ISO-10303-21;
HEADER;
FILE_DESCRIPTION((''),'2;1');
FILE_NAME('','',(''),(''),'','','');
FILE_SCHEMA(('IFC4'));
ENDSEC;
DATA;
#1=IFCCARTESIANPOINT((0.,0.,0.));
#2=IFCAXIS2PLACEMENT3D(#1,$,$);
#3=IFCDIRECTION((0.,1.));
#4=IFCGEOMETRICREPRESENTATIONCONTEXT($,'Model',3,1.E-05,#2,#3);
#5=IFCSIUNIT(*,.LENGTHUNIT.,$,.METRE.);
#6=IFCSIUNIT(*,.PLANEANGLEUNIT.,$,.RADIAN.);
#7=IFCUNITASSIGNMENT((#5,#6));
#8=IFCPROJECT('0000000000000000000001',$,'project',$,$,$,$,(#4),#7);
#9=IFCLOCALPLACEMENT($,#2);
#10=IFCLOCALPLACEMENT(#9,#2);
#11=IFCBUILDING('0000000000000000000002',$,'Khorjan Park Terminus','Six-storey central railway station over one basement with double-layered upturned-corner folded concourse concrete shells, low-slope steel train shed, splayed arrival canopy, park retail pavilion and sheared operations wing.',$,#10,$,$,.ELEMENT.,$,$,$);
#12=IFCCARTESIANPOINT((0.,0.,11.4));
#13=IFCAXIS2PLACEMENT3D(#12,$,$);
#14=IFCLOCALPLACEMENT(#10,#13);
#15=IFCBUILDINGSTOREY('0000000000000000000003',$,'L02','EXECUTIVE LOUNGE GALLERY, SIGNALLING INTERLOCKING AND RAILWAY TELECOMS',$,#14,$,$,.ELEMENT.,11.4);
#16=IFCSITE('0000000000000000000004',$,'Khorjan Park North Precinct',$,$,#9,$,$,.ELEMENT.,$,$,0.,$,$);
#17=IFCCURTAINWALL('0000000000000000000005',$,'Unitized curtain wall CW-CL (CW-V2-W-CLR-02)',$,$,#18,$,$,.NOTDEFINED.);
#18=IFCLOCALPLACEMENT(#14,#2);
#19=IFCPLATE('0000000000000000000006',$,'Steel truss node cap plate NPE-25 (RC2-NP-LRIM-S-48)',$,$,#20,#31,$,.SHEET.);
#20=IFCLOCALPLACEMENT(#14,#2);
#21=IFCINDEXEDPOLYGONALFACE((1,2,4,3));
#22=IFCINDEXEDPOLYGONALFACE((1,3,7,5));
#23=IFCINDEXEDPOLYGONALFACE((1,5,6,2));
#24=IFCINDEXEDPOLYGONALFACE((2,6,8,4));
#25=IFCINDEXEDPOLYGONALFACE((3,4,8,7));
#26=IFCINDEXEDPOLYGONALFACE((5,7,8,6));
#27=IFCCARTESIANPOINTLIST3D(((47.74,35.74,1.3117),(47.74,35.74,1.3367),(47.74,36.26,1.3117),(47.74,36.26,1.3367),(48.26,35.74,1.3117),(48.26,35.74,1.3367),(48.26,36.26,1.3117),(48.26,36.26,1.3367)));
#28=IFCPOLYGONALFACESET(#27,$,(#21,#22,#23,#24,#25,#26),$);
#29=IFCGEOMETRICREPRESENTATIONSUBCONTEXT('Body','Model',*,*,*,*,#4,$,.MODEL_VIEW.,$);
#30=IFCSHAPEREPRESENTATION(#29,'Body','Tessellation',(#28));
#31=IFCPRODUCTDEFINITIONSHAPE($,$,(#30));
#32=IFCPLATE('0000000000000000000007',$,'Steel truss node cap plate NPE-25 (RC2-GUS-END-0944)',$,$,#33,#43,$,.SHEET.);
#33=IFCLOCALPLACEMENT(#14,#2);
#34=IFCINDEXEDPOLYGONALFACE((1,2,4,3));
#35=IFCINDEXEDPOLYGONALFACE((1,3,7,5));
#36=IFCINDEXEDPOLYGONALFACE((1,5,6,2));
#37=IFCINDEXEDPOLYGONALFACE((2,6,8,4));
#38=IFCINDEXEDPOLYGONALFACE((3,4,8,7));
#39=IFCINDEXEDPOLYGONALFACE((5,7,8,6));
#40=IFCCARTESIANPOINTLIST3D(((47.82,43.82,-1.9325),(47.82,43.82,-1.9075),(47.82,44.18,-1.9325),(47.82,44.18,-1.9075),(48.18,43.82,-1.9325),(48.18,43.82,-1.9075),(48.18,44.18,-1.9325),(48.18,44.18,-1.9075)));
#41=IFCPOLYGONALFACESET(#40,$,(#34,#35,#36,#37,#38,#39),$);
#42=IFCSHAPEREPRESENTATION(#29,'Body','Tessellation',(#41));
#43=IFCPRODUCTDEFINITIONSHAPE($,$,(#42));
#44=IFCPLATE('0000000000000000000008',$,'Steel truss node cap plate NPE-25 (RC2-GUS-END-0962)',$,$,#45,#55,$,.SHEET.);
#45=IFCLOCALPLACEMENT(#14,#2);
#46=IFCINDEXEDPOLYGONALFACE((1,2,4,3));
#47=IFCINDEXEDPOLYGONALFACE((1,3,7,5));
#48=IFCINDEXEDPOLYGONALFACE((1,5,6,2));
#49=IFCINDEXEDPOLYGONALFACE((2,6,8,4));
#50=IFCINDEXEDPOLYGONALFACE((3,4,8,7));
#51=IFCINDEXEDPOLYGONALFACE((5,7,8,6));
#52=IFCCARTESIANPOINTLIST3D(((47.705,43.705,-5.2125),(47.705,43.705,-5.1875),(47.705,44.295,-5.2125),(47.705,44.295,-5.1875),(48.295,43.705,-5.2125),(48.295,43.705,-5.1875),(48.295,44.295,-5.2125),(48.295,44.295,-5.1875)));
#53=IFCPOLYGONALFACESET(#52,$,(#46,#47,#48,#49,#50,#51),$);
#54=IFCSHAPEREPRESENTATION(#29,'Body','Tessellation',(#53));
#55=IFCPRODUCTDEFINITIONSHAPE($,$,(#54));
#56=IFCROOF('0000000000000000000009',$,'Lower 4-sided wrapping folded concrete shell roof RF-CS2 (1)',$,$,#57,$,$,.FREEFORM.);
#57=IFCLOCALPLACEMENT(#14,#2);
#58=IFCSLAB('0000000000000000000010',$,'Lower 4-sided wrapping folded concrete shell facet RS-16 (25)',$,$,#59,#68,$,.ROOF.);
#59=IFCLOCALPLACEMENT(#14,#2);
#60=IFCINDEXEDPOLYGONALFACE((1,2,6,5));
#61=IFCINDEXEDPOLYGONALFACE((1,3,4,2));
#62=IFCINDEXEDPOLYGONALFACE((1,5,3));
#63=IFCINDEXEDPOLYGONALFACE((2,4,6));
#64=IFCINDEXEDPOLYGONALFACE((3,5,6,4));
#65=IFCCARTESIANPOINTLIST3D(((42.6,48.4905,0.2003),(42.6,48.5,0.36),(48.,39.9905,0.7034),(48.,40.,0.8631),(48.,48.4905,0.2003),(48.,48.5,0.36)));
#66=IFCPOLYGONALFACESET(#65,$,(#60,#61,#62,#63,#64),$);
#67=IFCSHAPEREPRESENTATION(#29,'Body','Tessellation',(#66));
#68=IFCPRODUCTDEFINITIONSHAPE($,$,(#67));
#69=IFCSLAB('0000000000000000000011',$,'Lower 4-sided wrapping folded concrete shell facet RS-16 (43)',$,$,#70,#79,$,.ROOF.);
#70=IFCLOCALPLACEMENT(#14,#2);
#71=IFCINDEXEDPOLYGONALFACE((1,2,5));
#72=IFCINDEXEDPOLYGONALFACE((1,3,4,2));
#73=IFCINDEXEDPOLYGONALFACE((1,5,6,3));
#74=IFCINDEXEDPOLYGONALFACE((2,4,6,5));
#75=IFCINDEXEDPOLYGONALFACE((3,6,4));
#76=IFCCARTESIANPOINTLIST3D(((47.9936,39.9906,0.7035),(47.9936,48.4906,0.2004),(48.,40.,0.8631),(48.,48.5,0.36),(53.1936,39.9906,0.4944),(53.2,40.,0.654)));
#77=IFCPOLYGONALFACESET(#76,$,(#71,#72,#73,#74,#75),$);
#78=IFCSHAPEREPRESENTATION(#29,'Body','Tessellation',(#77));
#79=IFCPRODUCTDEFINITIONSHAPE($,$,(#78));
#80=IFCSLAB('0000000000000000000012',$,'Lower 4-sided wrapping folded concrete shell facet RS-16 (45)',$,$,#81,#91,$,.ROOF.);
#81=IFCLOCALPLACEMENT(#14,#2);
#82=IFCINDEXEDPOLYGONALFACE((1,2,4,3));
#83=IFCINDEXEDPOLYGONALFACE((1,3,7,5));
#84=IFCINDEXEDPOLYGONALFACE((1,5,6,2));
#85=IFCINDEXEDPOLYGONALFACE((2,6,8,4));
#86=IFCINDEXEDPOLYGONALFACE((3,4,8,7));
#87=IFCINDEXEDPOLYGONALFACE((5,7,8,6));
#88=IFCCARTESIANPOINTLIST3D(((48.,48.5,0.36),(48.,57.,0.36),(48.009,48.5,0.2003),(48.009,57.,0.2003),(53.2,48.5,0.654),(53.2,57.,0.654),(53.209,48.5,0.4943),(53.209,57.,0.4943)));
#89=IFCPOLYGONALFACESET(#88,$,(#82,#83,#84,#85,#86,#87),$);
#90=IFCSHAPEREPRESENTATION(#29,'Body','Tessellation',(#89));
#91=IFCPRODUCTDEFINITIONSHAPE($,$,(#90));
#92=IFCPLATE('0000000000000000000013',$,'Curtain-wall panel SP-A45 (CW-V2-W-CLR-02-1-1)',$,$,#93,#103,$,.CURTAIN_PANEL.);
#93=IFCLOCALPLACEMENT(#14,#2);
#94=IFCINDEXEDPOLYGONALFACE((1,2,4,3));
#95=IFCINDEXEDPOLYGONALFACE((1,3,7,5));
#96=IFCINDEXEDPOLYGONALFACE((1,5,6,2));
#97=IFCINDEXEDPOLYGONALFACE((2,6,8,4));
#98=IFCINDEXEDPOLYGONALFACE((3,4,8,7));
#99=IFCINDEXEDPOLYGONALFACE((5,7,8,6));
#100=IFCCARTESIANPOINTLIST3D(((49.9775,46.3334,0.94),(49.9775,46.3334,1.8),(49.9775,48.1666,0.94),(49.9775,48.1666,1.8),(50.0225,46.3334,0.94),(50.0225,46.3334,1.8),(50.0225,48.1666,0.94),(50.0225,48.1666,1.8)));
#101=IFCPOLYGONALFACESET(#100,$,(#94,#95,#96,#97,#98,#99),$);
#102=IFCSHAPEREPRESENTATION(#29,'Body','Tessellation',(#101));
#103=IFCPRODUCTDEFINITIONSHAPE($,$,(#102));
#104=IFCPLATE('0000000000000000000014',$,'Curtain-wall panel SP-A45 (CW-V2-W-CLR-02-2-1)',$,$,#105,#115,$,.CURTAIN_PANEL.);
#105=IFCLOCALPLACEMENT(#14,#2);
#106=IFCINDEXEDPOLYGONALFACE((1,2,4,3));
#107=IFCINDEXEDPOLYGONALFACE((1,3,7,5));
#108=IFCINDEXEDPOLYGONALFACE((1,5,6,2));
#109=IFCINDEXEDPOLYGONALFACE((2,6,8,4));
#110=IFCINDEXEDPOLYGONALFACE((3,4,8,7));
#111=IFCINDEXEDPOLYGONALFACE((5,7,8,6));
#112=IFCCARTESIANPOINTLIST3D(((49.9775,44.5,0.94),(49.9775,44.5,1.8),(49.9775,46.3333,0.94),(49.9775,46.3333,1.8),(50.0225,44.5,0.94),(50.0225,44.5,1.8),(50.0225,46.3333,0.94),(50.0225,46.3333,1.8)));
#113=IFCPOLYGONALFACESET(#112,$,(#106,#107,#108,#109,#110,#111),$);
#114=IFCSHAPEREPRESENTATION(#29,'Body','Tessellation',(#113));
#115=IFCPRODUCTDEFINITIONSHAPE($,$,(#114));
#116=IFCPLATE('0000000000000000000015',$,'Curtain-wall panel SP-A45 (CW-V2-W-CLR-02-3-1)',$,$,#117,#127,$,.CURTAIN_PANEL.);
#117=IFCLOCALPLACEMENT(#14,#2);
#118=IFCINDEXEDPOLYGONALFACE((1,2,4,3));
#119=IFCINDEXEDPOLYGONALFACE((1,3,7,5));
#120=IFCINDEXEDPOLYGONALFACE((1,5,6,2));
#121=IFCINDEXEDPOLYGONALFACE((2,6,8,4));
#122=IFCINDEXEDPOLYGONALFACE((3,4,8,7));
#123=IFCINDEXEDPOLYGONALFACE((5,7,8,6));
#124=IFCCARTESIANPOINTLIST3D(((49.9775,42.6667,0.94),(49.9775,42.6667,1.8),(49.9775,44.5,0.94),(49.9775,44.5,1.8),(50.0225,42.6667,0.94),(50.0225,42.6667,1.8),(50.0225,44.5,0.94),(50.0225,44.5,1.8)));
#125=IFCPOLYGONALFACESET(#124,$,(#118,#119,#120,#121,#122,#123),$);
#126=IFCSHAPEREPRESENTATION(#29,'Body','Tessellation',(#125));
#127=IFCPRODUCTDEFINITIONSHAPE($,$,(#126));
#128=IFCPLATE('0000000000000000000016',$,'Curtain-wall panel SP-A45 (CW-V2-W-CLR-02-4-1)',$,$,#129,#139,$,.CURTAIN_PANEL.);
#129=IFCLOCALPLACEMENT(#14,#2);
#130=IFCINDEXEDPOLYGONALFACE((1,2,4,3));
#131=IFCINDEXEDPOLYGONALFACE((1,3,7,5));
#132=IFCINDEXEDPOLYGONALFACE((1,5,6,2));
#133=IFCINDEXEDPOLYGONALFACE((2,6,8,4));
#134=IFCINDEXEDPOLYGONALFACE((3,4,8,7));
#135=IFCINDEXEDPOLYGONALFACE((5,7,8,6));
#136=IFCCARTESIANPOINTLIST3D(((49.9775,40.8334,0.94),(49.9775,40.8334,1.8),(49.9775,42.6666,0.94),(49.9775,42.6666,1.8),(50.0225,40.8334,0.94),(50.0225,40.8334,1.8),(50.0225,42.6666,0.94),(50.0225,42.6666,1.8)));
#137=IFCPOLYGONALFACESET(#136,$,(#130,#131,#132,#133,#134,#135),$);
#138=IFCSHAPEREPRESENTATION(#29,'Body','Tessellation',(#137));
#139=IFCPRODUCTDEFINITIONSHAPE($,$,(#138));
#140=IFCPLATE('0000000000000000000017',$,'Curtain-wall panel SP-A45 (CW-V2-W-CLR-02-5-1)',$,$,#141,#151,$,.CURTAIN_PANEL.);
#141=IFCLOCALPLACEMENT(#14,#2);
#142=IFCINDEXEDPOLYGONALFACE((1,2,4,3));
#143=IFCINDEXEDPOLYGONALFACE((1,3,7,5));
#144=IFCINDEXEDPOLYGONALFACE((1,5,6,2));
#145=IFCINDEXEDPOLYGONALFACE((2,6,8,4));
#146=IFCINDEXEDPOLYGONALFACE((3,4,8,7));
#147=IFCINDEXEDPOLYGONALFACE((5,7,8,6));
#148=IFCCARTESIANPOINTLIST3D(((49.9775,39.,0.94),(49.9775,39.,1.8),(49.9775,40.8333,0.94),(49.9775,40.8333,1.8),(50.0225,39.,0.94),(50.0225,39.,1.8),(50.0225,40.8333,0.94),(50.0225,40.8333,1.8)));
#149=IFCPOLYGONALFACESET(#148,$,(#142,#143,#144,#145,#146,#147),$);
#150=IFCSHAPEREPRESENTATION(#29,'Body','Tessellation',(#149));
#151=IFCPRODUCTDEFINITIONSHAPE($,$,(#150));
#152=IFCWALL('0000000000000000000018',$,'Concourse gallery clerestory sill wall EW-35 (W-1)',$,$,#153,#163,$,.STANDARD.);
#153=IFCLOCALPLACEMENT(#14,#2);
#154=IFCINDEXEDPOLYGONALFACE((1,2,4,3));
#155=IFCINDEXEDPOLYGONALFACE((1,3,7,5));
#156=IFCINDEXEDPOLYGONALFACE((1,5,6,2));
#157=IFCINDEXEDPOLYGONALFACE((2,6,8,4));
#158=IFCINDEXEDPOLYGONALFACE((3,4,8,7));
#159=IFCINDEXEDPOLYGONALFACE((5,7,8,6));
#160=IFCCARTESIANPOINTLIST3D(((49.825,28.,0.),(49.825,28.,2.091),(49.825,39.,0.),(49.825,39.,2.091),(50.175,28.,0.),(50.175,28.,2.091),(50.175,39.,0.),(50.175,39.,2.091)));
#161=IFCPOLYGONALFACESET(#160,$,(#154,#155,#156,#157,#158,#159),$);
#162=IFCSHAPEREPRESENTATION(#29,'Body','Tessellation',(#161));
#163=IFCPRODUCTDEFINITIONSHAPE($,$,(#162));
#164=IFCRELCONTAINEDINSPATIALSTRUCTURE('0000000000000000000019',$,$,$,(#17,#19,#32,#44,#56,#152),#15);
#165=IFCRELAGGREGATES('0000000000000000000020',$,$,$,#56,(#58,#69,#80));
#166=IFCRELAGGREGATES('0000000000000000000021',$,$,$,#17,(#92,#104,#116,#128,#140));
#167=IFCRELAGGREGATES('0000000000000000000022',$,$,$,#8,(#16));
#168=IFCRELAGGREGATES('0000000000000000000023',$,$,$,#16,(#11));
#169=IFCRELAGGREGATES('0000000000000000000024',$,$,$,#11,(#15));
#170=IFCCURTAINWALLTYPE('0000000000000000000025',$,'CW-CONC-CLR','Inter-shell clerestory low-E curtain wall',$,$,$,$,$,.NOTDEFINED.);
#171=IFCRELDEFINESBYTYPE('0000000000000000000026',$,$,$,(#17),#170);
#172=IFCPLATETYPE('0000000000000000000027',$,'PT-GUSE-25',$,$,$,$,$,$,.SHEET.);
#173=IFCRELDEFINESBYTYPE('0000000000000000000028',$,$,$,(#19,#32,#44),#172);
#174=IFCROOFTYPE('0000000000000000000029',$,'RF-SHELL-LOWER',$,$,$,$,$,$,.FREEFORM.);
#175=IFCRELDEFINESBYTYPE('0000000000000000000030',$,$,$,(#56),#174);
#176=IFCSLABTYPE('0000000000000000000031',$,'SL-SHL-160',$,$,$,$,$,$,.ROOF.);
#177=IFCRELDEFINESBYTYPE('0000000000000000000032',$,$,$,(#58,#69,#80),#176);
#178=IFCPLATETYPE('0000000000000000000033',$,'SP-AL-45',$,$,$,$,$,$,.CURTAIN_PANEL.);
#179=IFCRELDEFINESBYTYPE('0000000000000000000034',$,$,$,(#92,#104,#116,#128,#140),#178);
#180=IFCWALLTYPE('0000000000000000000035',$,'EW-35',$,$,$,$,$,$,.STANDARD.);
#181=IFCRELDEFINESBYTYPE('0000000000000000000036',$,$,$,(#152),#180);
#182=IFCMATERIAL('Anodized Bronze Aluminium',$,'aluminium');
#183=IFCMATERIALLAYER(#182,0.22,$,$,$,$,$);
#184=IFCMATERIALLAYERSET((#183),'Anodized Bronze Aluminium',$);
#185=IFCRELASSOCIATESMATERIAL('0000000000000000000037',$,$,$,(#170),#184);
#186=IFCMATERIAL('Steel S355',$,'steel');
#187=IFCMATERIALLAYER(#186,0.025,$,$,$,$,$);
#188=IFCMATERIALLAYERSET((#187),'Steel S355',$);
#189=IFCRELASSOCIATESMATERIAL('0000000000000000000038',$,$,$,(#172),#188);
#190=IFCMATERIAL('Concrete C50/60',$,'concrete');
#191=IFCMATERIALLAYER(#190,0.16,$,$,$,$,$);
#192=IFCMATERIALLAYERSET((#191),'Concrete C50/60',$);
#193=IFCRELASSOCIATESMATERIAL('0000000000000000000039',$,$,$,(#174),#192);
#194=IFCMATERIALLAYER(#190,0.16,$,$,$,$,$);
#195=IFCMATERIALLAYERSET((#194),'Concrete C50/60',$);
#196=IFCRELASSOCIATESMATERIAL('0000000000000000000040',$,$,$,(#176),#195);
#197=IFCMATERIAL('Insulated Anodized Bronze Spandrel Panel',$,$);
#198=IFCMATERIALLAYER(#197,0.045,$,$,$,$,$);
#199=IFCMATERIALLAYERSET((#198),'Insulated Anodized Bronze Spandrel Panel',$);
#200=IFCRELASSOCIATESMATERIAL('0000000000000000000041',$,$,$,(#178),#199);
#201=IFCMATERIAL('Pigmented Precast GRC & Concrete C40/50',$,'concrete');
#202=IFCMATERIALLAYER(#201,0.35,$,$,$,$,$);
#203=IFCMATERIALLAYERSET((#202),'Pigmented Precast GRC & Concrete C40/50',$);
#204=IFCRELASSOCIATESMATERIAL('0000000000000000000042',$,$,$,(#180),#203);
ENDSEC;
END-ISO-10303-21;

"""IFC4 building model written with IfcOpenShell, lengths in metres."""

from ifc_helpers import new_model, si_unit, direction, frame, frame_2d, origin, origin_2d, place, context, subcontext, project, spatial, polyline, rectangle, outline, extrude, material, layer, layer_set, type_object, element, aggregate, save


model = new_model("IFC4")

# Units and contexts
model_context = context("Model", 3, precision=1e-05, world=origin(), true_north=direction((0.0, 1.0)))
body_context = subcontext(model_context, "Body", "Model", "MODEL_VIEW")
ifc_project = project(units=[si_unit("LENGTHUNIT", "METRE"), si_unit("PLANEANGLEUNIT", "RADIAN")], contexts=[model_context])

# Site, building, storey
site_placement = place(None, origin())
site = spatial("IfcSite", under=ifc_project, at=site_placement, Name="Khorjan Park North Precinct", CompositionType="ELEMENT", RefElevation=0.0)
building_placement = place(site_placement, origin())
building = spatial("IfcBuilding", under=site, at=building_placement, Name="Khorjan Park Terminus", Description="Six-storey central railway station over one basement with double-layered upturned-corner folded concourse concrete shells, low-slope steel train shed, splayed arrival canopy, park retail pavilion and sheared operations wing.", CompositionType="ELEMENT")
storey_placement = place(building_placement, frame((0.0, 0.0, 11.4)))
storey = spatial("IfcBuildingStorey", under=building, at=storey_placement, Name="L02", Description="EXECUTIVE LOUNGE GALLERY, SIGNALLING INTERLOCKING AND RAILWAY TELECOMS", CompositionType="ELEMENT", Elevation=11.4)

# Shared definitions
ifc_material_1 = material(Name="Concrete C50/60", Category="concrete")

# Shared definitions
ifc_material_2 = material(Name="Steel S355", Category="steel")

# Curtain wall
ifc_material_3 = material(Name="Anodized Bronze Aluminium", Category="aluminium")
ifc_layer_1 = layer(ifc_material_3, 0.22)
ifc_layer_set_1 = layer_set([ifc_layer_1], Name="Anodized Bronze Aluminium")
curtain_wall_type = type_object("IfcCurtainWallType", Name="CW-CONC-CLR", Description="Inter-shell clerestory low-E curtain wall", PredefinedType="NOTDEFINED", material=ifc_layer_set_1)
curtain_wall_placement = place(storey_placement, origin())
curtain_wall = element("IfcCurtainWall", 1, at=curtain_wall_placement, inside=storey, type_object=curtain_wall_type, Name="Unitized curtain wall CW-CL (CW-V2-W-CLR-02)", PredefinedType="NOTDEFINED")

# Plates
ifc_layer_2 = layer(ifc_material_2, 0.025)
ifc_layer_set_2 = layer_set([ifc_layer_2], Name="Steel S355")
plate_type_1 = type_object("IfcPlateType", Name="PT-GUSE-25", PredefinedType="SHEET", material=ifc_layer_set_2)
plate_1_placement = place(storey_placement, frame((48.0, 36.0, 1.3117), z_axis=(0.0, 0.0, 1.0), x_axis=(1.0, 0.0, 0.0)))
element("IfcPlate", 2, at=plate_1_placement, inside=storey, type_object=plate_type_1, Name="Steel truss node cap plate NPE-25 (RC2-NP-LRIM-S-48)", PredefinedType="SHEET", context=body_context, shape_type="SweptSolid", body=[
    extrude(rectangle(XDim=0.52, YDim=0.52, at=origin_2d()), origin(), (0.0, 0.0, 1.0), 0.025),
])
plate_2_placement = place(storey_placement, frame((48.0, 44.0, -1.9325), z_axis=(0.0, 0.0, 1.0), x_axis=(1.0, 0.0, 0.0)))
element("IfcPlate", 3, at=plate_2_placement, inside=storey, type_object=plate_type_1, Name="Steel truss node cap plate NPE-25 (RC2-GUS-END-0944)", PredefinedType="SHEET", context=body_context, shape_type="SweptSolid", body=[
    extrude(rectangle(XDim=0.36, YDim=0.36, at=origin_2d()), origin(), (0.0, 0.0, 1.0), 0.025),
])
plate_3_placement = place(storey_placement, frame((48.0, 44.0, -5.2125), z_axis=(0.0, 0.0, 1.0), x_axis=(1.0, 0.0, 0.0)))
element("IfcPlate", 4, at=plate_3_placement, inside=storey, type_object=plate_type_1, Name="Steel truss node cap plate NPE-25 (RC2-GUS-END-0962)", PredefinedType="SHEET", context=body_context, shape_type="SweptSolid", body=[
    extrude(rectangle(XDim=0.59, YDim=0.59, at=origin_2d()), origin(), (0.0, 0.0, 1.0), 0.025),
])

# Roof, slabs
ifc_layer_3 = layer(ifc_material_1, 0.16)
ifc_layer_set_3 = layer_set([ifc_layer_3], Name="Concrete C50/60")
roof_type = type_object("IfcRoofType", Name="RF-SHELL-LOWER", PredefinedType="FREEFORM", material=ifc_layer_set_3)
roof_placement = place(storey_placement, origin())
roof = element("IfcRoof", 5, at=roof_placement, inside=storey, type_object=roof_type, Name="Lower 4-sided wrapping folded concrete shell roof RF-CS2 (1)", PredefinedType="FREEFORM")
ifc_layer_4 = layer(ifc_material_1, 0.16)
ifc_layer_set_4 = layer_set([ifc_layer_4], Name="Concrete C50/60")
slab_type = type_object("IfcSlabType", Name="SL-SHL-160", PredefinedType="ROOF", material=ifc_layer_set_4)
slab_1_placement = place(storey_placement, frame((48.0, 40.0, 0.8631), z_axis=(0.0, 0.059085, 0.998253), x_axis=(0.0, 0.998253, -0.059085)))
slab_1 = element("IfcSlab", 6, at=slab_1_placement, type_object=slab_type, Name="Lower 4-sided wrapping folded concrete shell facet RS-16 (25)", PredefinedType="ROOF", context=body_context, shape_type="SweptSolid", body=[
    extrude(outline(polyline([(0.0, 0.0), (8.5149, 0.0), (8.5149, 5.4), (0.0, 0.0)])), origin(), (0.0, 0.0, -1.0), 0.16),
])
slab_2_placement = place(storey_placement, frame((48.0, 40.0, 0.8631), z_axis=(0.040109, 0.059037, 0.99745), x_axis=(0.999192, 0.0, -0.040179)))
slab_2 = element("IfcSlab", 7, at=slab_2_placement, type_object=slab_type, Name="Lower 4-sided wrapping folded concrete shell facet RS-16 (43)", PredefinedType="ROOF", context=body_context, shape_type="SweptSolid", body=[
    extrude(outline(polyline([(0.0, 0.0), (5.2042, 0.0), (0.0202, 8.5149), (0.0, 0.0)])), origin(), (0.0, 0.0, -1.0), 0.16),
])
slab_3_placement = place(storey_placement, frame((48.0, 48.5, 0.36), z_axis=(-0.056448, 0.0, 0.998406), x_axis=(0.998406, 0.0, 0.056448)))
slab_3 = element("IfcSlab", 8, at=slab_3_placement, type_object=slab_type, Name="Lower 4-sided wrapping folded concrete shell facet RS-16 (45)", PredefinedType="ROOF", context=body_context, shape_type="SweptSolid", body=[
    extrude(outline(polyline([(0.0, 0.0), (5.2083, 0.0), (5.2083, 8.5), (0.0, 8.5), (0.0, 0.0)])), origin(), (0.0, 0.0, -1.0), 0.16),
])
aggregate(roof, [slab_1, slab_2, slab_3])

# Plates
ifc_material_4 = material(Name="Insulated Anodized Bronze Spandrel Panel")
ifc_layer_5 = layer(ifc_material_4, 0.045)
ifc_layer_set_5 = layer_set([ifc_layer_5], Name="Insulated Anodized Bronze Spandrel Panel")
plate_type_2 = type_object("IfcPlateType", Name="SP-AL-45", PredefinedType="CURTAIN_PANEL", material=ifc_layer_set_5)
plate_4_placement = place(storey_placement, frame((50.0, 47.25, 0.94), z_axis=(0.0, 0.0, 1.0), x_axis=(0.0, -1.0, 0.0)))
plate_4 = element("IfcPlate", 9, at=plate_4_placement, type_object=plate_type_2, Name="Curtain-wall panel SP-A45 (CW-V2-W-CLR-02-1-1)", PredefinedType="CURTAIN_PANEL", context=body_context, shape_type="SweptSolid", body=[
    extrude(rectangle(XDim=1.8333, YDim=0.045, at=origin_2d()), origin(), (0.0, 0.0, 1.0), 0.86),
])
plate_5_placement = place(storey_placement, frame((50.0, 45.4167, 0.94), z_axis=(0.0, 0.0, 1.0), x_axis=(0.0, -1.0, 0.0)))
plate_5 = element("IfcPlate", 10, at=plate_5_placement, type_object=plate_type_2, Name="Curtain-wall panel SP-A45 (CW-V2-W-CLR-02-2-1)", PredefinedType="CURTAIN_PANEL", context=body_context, shape_type="SweptSolid", body=[
    extrude(rectangle(XDim=1.8333, YDim=0.045, at=origin_2d()), origin(), (0.0, 0.0, 1.0), 0.86),
])
plate_6_placement = place(storey_placement, frame((50.0, 43.5833, 0.94), z_axis=(0.0, 0.0, 1.0), x_axis=(0.0, -1.0, 0.0)))
plate_6 = element("IfcPlate", 11, at=plate_6_placement, type_object=plate_type_2, Name="Curtain-wall panel SP-A45 (CW-V2-W-CLR-02-3-1)", PredefinedType="CURTAIN_PANEL", context=body_context, shape_type="SweptSolid", body=[
    extrude(rectangle(XDim=1.8333, YDim=0.045, at=origin_2d()), origin(), (0.0, 0.0, 1.0), 0.86),
])
plate_7_placement = place(storey_placement, frame((50.0, 41.75, 0.94), z_axis=(0.0, 0.0, 1.0), x_axis=(0.0, -1.0, 0.0)))
plate_7 = element("IfcPlate", 12, at=plate_7_placement, type_object=plate_type_2, Name="Curtain-wall panel SP-A45 (CW-V2-W-CLR-02-4-1)", PredefinedType="CURTAIN_PANEL", context=body_context, shape_type="SweptSolid", body=[
    extrude(rectangle(XDim=1.8333, YDim=0.045, at=origin_2d()), origin(), (0.0, 0.0, 1.0), 0.86),
])
plate_8_placement = place(storey_placement, frame((50.0, 39.9167, 0.94), z_axis=(0.0, 0.0, 1.0), x_axis=(0.0, -1.0, 0.0)))
plate_8 = element("IfcPlate", 13, at=plate_8_placement, type_object=plate_type_2, Name="Curtain-wall panel SP-A45 (CW-V2-W-CLR-02-5-1)", PredefinedType="CURTAIN_PANEL", context=body_context, shape_type="SweptSolid", body=[
    extrude(rectangle(XDim=1.8333, YDim=0.045, at=origin_2d()), origin(), (0.0, 0.0, 1.0), 0.86),
])
aggregate(curtain_wall, [plate_4, plate_5, plate_6, plate_7, plate_8])

# Wall
ifc_material_5 = material(Name="Pigmented Precast GRC & Concrete C40/50", Category="concrete")
ifc_layer_6 = layer(ifc_material_5, 0.35)
ifc_layer_set_6 = layer_set([ifc_layer_6], Name="Pigmented Precast GRC & Concrete C40/50")
wall_type = type_object("IfcWallType", Name="EW-35", PredefinedType="STANDARD", material=ifc_layer_set_6)
wall_placement = place(storey_placement, frame((50.0, 39.0, 0.0), z_axis=(0.0, 0.0, 1.0), x_axis=(0.0, -1.0, 0.0)))
element("IfcWall", 14, at=wall_placement, inside=storey, type_object=wall_type, Name="Concourse gallery clerestory sill wall EW-35 (W-1)", PredefinedType="STANDARD", context=body_context, shape_type="SweptSolid", body=[
    extrude(rectangle(XDim=11.0, YDim=0.35, at=frame_2d((5.5, 0.0))), origin(), (0.0, 0.0, 1.0), 2.091),
])

save(model, "model.ifc")
